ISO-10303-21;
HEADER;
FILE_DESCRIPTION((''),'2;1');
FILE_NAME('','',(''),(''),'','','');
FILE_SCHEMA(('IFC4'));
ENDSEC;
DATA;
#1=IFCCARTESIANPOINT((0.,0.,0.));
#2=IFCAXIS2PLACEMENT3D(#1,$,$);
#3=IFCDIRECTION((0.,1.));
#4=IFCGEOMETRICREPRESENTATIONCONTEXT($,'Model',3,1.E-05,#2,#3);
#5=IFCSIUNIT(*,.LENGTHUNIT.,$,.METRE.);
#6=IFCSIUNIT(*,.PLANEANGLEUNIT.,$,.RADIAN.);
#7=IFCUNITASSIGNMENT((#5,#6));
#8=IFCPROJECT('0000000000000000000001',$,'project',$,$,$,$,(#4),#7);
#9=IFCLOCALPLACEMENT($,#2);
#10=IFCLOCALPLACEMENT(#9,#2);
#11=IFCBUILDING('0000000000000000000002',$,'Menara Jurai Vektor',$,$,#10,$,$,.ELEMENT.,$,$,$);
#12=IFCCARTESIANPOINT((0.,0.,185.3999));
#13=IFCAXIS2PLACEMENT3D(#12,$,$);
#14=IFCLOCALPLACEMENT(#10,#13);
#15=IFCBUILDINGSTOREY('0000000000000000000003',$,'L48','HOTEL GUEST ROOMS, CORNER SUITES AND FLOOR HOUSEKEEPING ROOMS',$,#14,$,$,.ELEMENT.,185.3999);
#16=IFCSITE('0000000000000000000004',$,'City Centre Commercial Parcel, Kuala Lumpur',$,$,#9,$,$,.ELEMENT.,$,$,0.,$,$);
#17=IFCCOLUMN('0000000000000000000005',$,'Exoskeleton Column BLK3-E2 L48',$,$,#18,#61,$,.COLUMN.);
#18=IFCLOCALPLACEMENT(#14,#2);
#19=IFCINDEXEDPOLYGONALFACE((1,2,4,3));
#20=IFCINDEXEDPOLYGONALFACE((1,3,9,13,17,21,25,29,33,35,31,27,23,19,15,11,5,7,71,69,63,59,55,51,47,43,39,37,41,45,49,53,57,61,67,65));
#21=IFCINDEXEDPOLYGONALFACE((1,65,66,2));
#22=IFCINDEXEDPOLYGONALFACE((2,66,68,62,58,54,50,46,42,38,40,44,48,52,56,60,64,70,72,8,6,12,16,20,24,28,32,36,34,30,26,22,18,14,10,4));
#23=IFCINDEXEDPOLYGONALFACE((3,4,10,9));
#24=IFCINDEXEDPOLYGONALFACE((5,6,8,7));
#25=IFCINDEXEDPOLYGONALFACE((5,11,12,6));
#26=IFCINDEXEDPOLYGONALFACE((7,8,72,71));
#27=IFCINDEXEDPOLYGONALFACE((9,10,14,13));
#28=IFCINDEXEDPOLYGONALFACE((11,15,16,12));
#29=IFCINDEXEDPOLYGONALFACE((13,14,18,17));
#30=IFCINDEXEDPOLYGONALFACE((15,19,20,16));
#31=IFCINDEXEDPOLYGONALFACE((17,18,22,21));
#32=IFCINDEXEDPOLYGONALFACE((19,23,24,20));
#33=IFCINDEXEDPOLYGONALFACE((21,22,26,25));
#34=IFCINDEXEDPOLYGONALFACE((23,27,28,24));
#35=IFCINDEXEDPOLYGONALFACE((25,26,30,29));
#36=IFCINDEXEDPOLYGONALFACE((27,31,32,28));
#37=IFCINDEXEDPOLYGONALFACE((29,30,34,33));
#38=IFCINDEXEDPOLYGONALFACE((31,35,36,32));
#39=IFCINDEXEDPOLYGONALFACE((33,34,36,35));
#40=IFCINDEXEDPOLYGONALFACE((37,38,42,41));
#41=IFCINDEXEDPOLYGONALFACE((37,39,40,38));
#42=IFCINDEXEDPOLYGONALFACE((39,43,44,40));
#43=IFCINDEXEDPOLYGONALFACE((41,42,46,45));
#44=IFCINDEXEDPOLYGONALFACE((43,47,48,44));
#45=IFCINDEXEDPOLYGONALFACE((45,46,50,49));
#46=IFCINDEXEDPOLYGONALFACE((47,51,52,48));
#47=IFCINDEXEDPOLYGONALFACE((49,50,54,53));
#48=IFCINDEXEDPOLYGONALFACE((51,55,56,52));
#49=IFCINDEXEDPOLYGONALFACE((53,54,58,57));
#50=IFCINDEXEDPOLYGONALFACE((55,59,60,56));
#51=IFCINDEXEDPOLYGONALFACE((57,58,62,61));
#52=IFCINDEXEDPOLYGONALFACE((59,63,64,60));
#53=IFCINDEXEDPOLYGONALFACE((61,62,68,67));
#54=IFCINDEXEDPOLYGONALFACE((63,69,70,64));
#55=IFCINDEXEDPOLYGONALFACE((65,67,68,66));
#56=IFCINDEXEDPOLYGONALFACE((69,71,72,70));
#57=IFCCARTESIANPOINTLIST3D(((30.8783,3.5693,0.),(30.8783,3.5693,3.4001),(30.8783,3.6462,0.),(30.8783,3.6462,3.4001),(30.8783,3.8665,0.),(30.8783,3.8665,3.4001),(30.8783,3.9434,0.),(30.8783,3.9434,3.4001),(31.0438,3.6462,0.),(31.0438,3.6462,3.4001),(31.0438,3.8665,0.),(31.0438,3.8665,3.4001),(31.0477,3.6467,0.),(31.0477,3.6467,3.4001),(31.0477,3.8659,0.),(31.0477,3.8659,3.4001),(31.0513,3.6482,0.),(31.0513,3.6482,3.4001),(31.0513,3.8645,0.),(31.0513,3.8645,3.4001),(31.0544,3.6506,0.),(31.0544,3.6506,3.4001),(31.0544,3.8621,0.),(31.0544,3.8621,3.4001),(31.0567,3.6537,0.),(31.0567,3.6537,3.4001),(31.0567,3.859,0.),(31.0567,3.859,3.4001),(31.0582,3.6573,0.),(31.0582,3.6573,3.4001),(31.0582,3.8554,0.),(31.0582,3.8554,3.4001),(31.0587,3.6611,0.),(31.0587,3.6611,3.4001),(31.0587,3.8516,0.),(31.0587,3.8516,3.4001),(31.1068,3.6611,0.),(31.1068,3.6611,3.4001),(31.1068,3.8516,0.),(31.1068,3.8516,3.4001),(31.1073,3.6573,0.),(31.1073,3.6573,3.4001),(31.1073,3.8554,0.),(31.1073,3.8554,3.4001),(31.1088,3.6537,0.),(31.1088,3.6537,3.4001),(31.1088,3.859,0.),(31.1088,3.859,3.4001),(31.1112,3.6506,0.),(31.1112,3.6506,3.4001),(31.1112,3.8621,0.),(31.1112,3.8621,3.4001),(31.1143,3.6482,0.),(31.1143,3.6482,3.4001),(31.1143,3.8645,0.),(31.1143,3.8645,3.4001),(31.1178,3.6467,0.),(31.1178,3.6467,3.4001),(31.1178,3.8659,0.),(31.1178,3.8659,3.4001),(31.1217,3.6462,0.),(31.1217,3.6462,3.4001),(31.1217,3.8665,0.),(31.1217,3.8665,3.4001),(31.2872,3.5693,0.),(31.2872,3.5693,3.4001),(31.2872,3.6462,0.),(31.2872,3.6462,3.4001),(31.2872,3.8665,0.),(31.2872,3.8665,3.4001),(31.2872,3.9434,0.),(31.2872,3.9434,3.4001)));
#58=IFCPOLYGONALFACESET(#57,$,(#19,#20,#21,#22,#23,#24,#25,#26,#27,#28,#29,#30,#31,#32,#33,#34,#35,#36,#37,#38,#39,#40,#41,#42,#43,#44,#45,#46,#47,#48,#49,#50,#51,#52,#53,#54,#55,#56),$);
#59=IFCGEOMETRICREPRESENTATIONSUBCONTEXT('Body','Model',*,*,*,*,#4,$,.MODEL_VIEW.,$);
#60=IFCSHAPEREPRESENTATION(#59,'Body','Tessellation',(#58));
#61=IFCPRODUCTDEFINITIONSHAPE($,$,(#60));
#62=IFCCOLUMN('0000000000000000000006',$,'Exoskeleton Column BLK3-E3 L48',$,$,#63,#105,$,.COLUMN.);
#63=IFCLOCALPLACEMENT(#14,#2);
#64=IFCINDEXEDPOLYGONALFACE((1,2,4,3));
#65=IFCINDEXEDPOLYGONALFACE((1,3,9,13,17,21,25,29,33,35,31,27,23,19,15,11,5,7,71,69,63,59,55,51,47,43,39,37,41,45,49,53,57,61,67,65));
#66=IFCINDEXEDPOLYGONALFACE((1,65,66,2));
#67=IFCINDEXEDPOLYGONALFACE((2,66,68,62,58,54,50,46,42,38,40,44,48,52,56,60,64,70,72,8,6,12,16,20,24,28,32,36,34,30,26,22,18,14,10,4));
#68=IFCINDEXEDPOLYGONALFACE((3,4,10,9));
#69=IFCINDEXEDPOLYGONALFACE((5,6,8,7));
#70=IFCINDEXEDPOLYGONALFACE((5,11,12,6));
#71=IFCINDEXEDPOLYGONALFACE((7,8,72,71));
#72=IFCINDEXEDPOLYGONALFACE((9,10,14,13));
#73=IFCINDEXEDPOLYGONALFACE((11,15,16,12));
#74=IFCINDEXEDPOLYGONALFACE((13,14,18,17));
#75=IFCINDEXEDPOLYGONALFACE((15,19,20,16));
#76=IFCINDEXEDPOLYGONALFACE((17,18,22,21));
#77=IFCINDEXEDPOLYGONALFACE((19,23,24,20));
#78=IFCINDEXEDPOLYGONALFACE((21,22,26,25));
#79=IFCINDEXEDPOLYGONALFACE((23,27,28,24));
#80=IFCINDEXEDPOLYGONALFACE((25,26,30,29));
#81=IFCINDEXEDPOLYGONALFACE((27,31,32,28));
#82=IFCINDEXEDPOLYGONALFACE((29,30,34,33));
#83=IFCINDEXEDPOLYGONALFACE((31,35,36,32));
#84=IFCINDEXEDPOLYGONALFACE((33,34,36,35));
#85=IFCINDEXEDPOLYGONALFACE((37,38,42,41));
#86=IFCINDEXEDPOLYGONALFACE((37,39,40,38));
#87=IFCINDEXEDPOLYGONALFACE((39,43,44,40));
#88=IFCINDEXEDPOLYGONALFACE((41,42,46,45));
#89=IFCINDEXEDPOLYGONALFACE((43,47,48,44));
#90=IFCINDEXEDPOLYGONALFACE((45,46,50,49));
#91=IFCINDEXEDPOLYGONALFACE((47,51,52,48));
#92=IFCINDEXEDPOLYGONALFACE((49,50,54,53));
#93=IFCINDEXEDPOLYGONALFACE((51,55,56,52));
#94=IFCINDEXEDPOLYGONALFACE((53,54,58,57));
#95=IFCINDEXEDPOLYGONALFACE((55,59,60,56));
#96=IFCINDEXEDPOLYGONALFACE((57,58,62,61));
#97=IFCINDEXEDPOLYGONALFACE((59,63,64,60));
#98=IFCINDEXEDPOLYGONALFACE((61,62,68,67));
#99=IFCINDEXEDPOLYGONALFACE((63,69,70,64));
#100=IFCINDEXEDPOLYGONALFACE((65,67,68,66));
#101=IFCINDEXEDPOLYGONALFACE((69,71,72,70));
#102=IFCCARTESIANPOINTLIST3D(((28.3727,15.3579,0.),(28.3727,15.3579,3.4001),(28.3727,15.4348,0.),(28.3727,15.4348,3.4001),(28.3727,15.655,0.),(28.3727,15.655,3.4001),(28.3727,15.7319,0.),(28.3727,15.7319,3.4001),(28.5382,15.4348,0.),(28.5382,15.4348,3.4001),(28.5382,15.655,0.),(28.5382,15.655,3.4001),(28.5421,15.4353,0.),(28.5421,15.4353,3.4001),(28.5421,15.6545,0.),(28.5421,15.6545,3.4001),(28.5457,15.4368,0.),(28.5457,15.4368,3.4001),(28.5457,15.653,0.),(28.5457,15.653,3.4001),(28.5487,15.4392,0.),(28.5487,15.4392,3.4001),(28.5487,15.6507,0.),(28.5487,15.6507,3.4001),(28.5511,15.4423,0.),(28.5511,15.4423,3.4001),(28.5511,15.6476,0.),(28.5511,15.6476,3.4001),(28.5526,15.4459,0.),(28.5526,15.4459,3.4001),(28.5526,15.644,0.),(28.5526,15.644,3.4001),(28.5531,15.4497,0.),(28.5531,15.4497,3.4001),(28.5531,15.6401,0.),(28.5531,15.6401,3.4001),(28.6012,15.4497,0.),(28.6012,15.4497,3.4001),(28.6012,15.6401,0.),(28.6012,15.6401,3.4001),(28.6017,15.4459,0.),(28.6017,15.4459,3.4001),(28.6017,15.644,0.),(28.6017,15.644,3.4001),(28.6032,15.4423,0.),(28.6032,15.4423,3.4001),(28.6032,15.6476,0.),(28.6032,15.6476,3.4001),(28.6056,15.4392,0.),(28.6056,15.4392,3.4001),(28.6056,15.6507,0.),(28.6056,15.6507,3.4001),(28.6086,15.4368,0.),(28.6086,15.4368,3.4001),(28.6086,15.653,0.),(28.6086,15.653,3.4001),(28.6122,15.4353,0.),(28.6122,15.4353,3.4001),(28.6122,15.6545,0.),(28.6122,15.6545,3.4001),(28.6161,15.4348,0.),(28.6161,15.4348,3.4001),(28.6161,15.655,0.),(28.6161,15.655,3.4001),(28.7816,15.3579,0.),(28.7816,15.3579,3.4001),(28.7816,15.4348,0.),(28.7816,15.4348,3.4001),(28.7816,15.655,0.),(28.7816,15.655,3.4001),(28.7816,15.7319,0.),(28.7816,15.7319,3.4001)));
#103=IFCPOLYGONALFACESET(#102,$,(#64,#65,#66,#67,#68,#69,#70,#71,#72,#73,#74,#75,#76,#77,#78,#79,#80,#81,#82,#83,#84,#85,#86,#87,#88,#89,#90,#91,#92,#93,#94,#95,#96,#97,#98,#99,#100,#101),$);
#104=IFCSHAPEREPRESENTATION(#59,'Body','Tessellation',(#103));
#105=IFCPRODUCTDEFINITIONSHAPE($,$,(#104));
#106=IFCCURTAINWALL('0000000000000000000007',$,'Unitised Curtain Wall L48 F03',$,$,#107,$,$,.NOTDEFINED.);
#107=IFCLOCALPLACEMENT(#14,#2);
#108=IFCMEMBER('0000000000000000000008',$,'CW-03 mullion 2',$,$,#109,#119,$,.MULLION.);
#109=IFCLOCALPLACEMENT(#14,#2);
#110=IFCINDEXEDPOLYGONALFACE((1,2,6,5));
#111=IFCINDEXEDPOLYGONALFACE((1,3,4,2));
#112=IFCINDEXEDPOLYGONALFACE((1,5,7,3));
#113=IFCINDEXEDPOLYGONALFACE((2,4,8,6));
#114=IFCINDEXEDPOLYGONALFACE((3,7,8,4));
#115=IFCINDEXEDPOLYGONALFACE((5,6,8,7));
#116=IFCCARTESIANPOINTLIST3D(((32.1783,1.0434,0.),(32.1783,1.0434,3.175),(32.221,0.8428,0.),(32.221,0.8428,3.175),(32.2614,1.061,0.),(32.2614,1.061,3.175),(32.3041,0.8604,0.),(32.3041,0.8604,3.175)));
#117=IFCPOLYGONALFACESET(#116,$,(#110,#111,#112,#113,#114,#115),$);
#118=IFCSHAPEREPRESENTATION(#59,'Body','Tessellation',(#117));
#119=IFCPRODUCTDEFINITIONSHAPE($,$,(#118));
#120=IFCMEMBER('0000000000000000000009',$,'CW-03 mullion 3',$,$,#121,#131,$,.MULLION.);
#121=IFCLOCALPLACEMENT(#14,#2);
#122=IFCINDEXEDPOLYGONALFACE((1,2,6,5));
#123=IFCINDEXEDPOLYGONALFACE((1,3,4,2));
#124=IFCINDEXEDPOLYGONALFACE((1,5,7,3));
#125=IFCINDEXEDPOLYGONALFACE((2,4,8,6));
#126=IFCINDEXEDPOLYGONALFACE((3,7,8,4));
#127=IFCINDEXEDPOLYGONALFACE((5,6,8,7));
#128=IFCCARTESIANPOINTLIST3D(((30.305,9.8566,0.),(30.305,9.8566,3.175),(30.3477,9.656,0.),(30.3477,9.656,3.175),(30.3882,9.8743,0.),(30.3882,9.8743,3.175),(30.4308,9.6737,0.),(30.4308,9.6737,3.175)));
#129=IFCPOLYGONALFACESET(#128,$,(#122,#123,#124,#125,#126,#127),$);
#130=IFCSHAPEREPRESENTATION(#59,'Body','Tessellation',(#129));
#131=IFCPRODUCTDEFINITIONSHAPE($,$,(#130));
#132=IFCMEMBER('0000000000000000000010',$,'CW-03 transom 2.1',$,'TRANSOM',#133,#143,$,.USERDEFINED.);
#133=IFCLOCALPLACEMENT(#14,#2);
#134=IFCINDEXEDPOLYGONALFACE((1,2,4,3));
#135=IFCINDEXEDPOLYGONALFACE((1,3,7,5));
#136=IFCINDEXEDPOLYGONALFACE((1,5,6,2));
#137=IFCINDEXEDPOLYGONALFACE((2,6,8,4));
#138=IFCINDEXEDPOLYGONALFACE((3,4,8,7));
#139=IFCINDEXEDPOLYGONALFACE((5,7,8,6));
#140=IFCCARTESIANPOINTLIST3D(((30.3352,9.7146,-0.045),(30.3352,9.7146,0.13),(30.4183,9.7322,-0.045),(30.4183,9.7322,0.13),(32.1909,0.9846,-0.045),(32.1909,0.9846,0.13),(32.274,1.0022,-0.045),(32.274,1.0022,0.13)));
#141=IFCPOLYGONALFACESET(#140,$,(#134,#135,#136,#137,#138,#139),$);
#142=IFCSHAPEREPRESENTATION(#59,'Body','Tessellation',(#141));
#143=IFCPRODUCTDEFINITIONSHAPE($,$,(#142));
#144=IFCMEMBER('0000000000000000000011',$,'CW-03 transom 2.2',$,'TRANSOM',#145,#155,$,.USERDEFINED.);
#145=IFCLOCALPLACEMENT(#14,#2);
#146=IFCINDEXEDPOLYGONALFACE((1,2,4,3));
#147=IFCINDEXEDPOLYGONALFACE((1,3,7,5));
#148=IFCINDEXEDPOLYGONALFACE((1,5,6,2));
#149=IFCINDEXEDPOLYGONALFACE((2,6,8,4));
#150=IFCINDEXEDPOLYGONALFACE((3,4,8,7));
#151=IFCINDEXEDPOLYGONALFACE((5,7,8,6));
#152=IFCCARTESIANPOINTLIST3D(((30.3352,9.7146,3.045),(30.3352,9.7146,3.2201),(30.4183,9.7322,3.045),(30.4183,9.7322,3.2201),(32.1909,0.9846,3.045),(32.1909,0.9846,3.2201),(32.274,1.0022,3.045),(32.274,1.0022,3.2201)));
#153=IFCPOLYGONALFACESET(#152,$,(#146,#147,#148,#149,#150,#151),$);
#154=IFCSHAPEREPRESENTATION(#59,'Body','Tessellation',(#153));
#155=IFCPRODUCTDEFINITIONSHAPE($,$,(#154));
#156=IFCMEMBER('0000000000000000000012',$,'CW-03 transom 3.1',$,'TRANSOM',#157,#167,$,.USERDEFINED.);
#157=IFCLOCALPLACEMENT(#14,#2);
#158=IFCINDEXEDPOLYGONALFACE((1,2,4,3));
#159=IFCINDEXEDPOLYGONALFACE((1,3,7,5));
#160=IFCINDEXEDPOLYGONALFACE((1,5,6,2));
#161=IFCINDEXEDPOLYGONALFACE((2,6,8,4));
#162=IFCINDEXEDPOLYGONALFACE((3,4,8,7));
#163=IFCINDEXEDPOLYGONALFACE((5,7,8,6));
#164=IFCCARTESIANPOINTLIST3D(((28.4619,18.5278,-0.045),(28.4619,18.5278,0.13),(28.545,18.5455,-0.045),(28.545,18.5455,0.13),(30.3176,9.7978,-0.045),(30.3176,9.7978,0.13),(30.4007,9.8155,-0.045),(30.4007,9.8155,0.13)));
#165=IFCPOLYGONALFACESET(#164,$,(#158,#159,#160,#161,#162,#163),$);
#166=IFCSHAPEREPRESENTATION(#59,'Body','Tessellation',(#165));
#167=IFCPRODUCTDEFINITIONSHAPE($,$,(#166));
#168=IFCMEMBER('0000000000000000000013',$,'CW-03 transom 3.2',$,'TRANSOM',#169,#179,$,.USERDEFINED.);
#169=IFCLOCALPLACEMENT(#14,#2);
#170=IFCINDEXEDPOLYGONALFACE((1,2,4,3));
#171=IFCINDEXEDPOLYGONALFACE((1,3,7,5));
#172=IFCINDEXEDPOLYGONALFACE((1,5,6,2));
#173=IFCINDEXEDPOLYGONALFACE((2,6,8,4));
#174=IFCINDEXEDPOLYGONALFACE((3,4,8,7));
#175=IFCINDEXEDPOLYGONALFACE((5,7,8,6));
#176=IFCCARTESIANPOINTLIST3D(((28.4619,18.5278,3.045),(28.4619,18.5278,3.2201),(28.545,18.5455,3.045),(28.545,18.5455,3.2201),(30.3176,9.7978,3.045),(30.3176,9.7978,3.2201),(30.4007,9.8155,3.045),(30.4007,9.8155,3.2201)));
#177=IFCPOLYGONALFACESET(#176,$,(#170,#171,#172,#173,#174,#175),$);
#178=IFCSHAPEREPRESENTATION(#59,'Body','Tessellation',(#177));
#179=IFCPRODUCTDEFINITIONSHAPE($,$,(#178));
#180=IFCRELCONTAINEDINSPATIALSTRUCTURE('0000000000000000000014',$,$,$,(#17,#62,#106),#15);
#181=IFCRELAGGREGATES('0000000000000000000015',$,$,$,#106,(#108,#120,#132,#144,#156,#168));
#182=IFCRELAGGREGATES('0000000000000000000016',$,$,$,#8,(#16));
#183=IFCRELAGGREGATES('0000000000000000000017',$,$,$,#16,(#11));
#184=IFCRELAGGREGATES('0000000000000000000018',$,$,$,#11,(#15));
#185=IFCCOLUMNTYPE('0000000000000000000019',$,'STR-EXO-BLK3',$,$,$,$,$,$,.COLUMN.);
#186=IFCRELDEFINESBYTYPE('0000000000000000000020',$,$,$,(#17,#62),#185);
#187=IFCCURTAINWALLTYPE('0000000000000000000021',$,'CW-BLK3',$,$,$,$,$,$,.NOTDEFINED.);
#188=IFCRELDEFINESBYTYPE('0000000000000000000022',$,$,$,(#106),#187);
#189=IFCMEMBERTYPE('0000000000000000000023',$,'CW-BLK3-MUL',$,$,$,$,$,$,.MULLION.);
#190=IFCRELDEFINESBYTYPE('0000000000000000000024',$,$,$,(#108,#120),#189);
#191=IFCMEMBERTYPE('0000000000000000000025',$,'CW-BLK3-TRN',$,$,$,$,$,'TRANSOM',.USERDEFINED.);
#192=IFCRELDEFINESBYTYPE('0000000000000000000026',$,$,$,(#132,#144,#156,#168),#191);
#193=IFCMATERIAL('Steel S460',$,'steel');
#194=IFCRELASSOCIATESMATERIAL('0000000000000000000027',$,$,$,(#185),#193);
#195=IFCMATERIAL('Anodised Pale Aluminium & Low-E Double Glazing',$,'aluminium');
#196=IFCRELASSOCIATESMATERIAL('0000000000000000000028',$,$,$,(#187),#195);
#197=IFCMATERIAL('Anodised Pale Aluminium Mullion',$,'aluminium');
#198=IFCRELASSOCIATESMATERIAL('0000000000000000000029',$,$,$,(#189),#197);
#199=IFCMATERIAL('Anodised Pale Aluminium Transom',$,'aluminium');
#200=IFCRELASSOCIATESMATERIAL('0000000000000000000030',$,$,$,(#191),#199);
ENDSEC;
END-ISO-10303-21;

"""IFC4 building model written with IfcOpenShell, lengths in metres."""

from ifc_helpers import new_model, si_unit, direction, frame, origin, origin_2d, place, context, subcontext, project, spatial, rectangle, i_section, extrude, material, material_profile, profile_set, type_object, element, aggregate, save


model = new_model("IFC4")

# Units and contexts
model_context = context("Model", 3, precision=1e-05, world=origin(), true_north=direction((0.0, 1.0)))
body_context = subcontext(model_context, "Body", "Model", "MODEL_VIEW")
ifc_project = project(units=[si_unit("LENGTHUNIT", "METRE"), si_unit("PLANEANGLEUNIT", "RADIAN")], contexts=[model_context])

# Site, building, storey
site_placement = place(None, origin())
site = spatial("IfcSite", under=ifc_project, at=site_placement, Name="City Centre Commercial Parcel, Kuala Lumpur", CompositionType="ELEMENT", RefElevation=0.0)
building_placement = place(site_placement, origin())
building = spatial("IfcBuilding", under=site, at=building_placement, Name="Menara Jurai Vektor", CompositionType="ELEMENT")
storey_placement = place(building_placement, frame((0.0, 0.0, 185.3999)))
storey = spatial("IfcBuildingStorey", under=building, at=storey_placement, Name="L48", Description="HOTEL GUEST ROOMS, CORNER SUITES AND FLOOR HOUSEKEEPING ROOMS", CompositionType="ELEMENT", Elevation=185.3999)

# Columns
ifc_material_1 = material(Name="Steel S460", Category="steel")
ifc_material_profile_1 = material_profile(ifc_material_1, i_section(OverallWidth=0.4089, OverallDepth=0.374, WebThickness=0.0481, FlangeThickness=0.0769, FilletRadius=0.0149, at=origin_2d()), Name="HD 400x634")
ifc_profile_set_1 = profile_set([ifc_material_profile_1], Name="Steel S460")
column_type = type_object("IfcColumnType", Name="STR-EXO-BLK3", PredefinedType="COLUMN", material=ifc_profile_set_1)
for number, where, z_axis, x_axis, name in (
    (1, (31.0828, 3.7563, 0.0), (0.0, 0.0, 1.0), (1.0, 0.0, 0.0), "Exoskeleton Column BLK3-E2 L48"),
    (2, (28.5771, 15.5449, 0.0), (0.0, 0.0, 1.0), (1.0, 0.0, 0.0), "Exoskeleton Column BLK3-E3 L48"),
):
    element("IfcColumn", number, at=place(storey_placement, frame(where, z_axis=z_axis, x_axis=x_axis)), inside=storey, type_object=column_type, Name=name, PredefinedType="COLUMN", context=body_context, shape_type="SweptSolid", body=[
        extrude(i_section(OverallWidth=0.4089, OverallDepth=0.374, WebThickness=0.0481, FlangeThickness=0.0769, FilletRadius=0.0149, at=origin_2d()), origin(), (0.0, 0.0, 1.0), 3.4001),
    ])

# Curtain wall, members
ifc_material_2 = material(Name="Anodised Pale Aluminium & Low-E Double Glazing", Category="aluminium")
curtain_wall_type = type_object("IfcCurtainWallType", Name="CW-BLK3", PredefinedType="NOTDEFINED", material=ifc_material_2)
curtain_wall_placement = place(storey_placement, origin())
curtain_wall = element("IfcCurtainWall", 3, at=curtain_wall_placement, inside=storey, type_object=curtain_wall_type, Name="Unitised Curtain Wall L48 F03", PredefinedType="NOTDEFINED")
ifc_material_3 = material(Name="Anodised Pale Aluminium Mullion", Category="aluminium")
ifc_material_profile_2 = material_profile(ifc_material_3, rectangle(XDim=0.085, YDim=0.2051, at=origin_2d()), Name="ALU MUL 85x205")
ifc_profile_set_2 = profile_set([ifc_material_profile_2], Name="Anodised Pale Aluminium Mullion")
member_type_1 = type_object("IfcMemberType", Name="CW-BLK3-MUL", PredefinedType="MULLION", material=ifc_profile_set_2)
member_1_placement = place(storey_placement, frame((32.2412, 0.9519, 0.0), z_axis=(0.0, 0.0, 1.0), x_axis=(-0.978148, -0.20791, 0.0)))
member_1 = element("IfcMember", 4, at=member_1_placement, type_object=member_type_1, Name="CW-03 mullion 2", PredefinedType="MULLION", context=body_context, shape_type="SweptSolid", body=[
    extrude(rectangle(XDim=0.085, YDim=0.2051, at=origin_2d()), origin(), (0.0, 0.0, 1.0), 3.175),
])
member_2_placement = place(storey_placement, frame((30.3679, 9.7651, 0.0), z_axis=(0.0, 0.0, 1.0), x_axis=(-0.978148, -0.20791, 0.0)))
member_2 = element("IfcMember", 5, at=member_2_placement, type_object=member_type_1, Name="CW-03 mullion 3", PredefinedType="MULLION", context=body_context, shape_type="SweptSolid", body=[
    extrude(rectangle(XDim=0.085, YDim=0.2051, at=origin_2d()), origin(), (0.0, 0.0, 1.0), 3.175),
])
ifc_material_4 = material(Name="Anodised Pale Aluminium Transom", Category="aluminium")
ifc_material_profile_3 = material_profile(ifc_material_4, rectangle(XDim=0.085, YDim=0.175, at=origin_2d()), Name="ALU TRN 85x175")
ifc_profile_set_3 = profile_set([ifc_material_profile_3], Name="Anodised Pale Aluminium Transom")
member_type_2 = type_object("IfcMemberType", Name="CW-BLK3-TRN", ElementType="TRANSOM", PredefinedType="USERDEFINED", material=ifc_profile_set_3)
member_3_placement = place(storey_placement, frame((32.2324, 0.9934, 0.0425), z_axis=(-0.207922, 0.978145, 0.0), x_axis=(-0.978145, -0.207922, 0.0)))
member_3 = element("IfcMember", 6, at=member_3_placement, type_object=member_type_2, Name="CW-03 transom 2.1", ObjectType="TRANSOM", PredefinedType="USERDEFINED", context=body_context, shape_type="SweptSolid", body=[
    extrude(rectangle(XDim=0.085, YDim=0.175, at=origin_2d()), origin(), (0.0, 0.0, 1.0), 8.925),
])
member_4_placement = place(storey_placement, frame((32.2324, 0.9934, 3.1326), z_axis=(-0.207922, 0.978145, 0.0), x_axis=(-0.978145, -0.207922, 0.0)))
member_4 = element("IfcMember", 7, at=member_4_placement, type_object=member_type_2, Name="CW-03 transom 2.2", ObjectType="TRANSOM", PredefinedType="USERDEFINED", context=body_context, shape_type="SweptSolid", body=[
    extrude(rectangle(XDim=0.085, YDim=0.175, at=origin_2d()), origin(), (0.0, 0.0, 1.0), 8.925),
])
member_5_placement = place(storey_placement, frame((30.3591, 9.8066, 0.0425), z_axis=(-0.207922, 0.978145, 0.0), x_axis=(-0.978145, -0.207922, 0.0)))
member_5 = element("IfcMember", 8, at=member_5_placement, type_object=member_type_2, Name="CW-03 transom 3.1", ObjectType="TRANSOM", PredefinedType="USERDEFINED", context=body_context, shape_type="SweptSolid", body=[
    extrude(rectangle(XDim=0.085, YDim=0.175, at=origin_2d()), origin(), (0.0, 0.0, 1.0), 8.925),
])
member_6_placement = place(storey_placement, frame((30.3591, 9.8066, 3.1326), z_axis=(-0.207922, 0.978145, 0.0), x_axis=(-0.978145, -0.207922, 0.0)))
member_6 = element("IfcMember", 9, at=member_6_placement, type_object=member_type_2, Name="CW-03 transom 3.2", ObjectType="TRANSOM", PredefinedType="USERDEFINED", context=body_context, shape_type="SweptSolid", body=[
    extrude(rectangle(XDim=0.085, YDim=0.175, at=origin_2d()), origin(), (0.0, 0.0, 1.0), 8.925),
])

aggregate(curtain_wall, [member_1, member_2, member_3, member_4, member_5, member_6])

save(model, "model.ifc")
